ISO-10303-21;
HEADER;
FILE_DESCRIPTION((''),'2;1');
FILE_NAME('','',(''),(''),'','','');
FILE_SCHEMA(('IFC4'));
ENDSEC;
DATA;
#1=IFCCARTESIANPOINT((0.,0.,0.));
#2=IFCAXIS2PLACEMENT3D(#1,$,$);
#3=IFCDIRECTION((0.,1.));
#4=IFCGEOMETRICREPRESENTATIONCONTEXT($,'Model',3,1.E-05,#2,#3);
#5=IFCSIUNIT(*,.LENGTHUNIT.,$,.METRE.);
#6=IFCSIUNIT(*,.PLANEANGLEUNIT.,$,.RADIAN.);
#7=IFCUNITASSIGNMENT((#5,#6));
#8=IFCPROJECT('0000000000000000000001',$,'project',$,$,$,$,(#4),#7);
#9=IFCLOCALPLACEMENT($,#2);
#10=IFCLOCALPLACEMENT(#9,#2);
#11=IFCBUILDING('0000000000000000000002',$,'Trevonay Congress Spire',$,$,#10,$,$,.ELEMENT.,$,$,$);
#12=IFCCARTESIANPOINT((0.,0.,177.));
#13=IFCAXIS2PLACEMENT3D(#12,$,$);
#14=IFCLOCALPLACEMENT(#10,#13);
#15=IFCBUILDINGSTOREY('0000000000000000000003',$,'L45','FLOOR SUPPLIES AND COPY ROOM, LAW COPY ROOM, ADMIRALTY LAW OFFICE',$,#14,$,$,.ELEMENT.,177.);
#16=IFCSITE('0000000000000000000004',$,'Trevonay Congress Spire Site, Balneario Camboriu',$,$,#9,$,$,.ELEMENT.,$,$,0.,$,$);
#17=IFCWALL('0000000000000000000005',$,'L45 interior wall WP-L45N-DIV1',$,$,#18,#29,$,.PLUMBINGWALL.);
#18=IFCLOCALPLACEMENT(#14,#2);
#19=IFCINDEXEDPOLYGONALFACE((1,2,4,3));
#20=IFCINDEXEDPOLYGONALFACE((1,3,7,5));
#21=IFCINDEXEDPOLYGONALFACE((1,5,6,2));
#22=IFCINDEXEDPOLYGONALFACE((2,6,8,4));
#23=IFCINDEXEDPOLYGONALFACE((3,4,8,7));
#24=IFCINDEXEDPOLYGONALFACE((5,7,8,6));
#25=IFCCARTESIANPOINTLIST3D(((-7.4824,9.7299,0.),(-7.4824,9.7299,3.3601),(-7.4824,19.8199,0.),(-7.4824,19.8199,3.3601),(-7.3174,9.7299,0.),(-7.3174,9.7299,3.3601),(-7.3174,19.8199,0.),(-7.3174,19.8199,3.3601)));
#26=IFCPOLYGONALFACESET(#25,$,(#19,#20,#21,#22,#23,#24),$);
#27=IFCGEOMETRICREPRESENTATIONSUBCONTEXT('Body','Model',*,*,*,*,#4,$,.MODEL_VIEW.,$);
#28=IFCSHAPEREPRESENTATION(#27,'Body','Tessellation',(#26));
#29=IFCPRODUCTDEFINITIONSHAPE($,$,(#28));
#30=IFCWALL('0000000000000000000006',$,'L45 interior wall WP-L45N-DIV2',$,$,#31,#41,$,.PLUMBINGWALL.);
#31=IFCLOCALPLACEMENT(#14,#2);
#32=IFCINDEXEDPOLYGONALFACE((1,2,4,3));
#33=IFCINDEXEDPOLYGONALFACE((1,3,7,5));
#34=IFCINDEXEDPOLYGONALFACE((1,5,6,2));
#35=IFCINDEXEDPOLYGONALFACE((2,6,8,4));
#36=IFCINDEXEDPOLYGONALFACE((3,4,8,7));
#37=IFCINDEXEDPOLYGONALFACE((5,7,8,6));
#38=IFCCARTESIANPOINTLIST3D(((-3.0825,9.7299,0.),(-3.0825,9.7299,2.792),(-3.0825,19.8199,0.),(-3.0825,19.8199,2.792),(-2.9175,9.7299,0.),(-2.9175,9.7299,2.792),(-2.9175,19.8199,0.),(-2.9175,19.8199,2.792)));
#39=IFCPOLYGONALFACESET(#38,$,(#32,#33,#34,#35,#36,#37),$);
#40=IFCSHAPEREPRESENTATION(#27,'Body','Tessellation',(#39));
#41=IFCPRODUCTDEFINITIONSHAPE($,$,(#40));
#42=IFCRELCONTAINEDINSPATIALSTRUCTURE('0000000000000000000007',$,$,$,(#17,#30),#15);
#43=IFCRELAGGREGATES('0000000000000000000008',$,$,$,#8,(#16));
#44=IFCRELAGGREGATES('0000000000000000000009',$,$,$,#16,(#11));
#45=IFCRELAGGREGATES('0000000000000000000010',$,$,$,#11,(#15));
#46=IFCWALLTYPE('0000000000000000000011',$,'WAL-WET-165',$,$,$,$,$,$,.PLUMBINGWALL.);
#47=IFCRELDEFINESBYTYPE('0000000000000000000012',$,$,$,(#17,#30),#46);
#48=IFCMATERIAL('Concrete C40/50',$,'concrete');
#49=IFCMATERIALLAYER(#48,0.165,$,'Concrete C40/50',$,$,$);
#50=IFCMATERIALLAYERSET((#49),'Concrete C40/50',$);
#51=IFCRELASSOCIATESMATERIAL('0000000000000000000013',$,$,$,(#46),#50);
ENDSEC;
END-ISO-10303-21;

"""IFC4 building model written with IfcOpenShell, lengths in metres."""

from ifc_helpers import new_model, si_unit, direction, frame, frame_2d, origin, place, context, subcontext, project, spatial, rectangle, extrude, material, layer, layer_set, type_object, element, save


model = new_model("IFC4")

# Units and contexts
model_context = context("Model", 3, precision=1e-05, world=origin(), true_north=direction((0.0, 1.0)))
body_context = subcontext(model_context, "Body", "Model", "MODEL_VIEW")
ifc_project = project(units=[si_unit("LENGTHUNIT", "METRE"), si_unit("PLANEANGLEUNIT", "RADIAN")], contexts=[model_context])

# Site, building, storey
site_placement = place(None, origin())
site = spatial("IfcSite", under=ifc_project, at=site_placement, Name="Trevonay Congress Spire Site, Balneario Camboriu", CompositionType="ELEMENT", RefElevation=0.0)
building_placement = place(site_placement, origin())
building = spatial("IfcBuilding", under=site, at=building_placement, Name="Trevonay Congress Spire", CompositionType="ELEMENT")
storey_placement = place(building_placement, frame((0.0, 0.0, 177.0)))
storey = spatial("IfcBuildingStorey", under=building, at=storey_placement, Name="L45", Description="FLOOR SUPPLIES AND COPY ROOM, LAW COPY ROOM, ADMIRALTY LAW OFFICE", CompositionType="ELEMENT", Elevation=177.0)

# Shared definitions
ifc_material_1 = material(Name="Concrete C40/50", Category="concrete")

# Walls
ifc_layer_1 = layer(ifc_material_1, 0.165, Name="Concrete C40/50")
ifc_layer_set_1 = layer_set([ifc_layer_1], Name="Concrete C40/50")
wall_type_1 = type_object("IfcWallType", Name="WAL-WET-165", PredefinedType="PLUMBINGWALL", material=ifc_layer_set_1)
wall_1_placement = place(storey_placement, frame((-7.3999, 9.73, 0.0), z_axis=(0.0, 0.0, 1.0), x_axis=(0.0, 1.0, 0.0)))
element("IfcWall", 1, at=wall_1_placement, inside=storey, type_object=wall_type_1, Name="L45 interior wall WP-L45N-DIV1", PredefinedType="PLUMBINGWALL", context=body_context, shape_type="SweptSolid", body=[
    extrude(rectangle(XDim=10.0901, YDim=0.165, at=frame_2d((5.0449, 0.0))), origin(), (0.0, 0.0, 1.0), 3.3601),
])
wall_2_placement = place(storey_placement, frame((-3.0, 9.73, 0.0), z_axis=(0.0, 0.0, 1.0), x_axis=(0.0, 1.0, 0.0)))
element("IfcWall", 2, at=wall_2_placement, inside=storey, type_object=wall_type_1, Name="L45 interior wall WP-L45N-DIV2", PredefinedType="PLUMBINGWALL", context=body_context, shape_type="SweptSolid", body=[
    extrude(rectangle(XDim=10.0901, YDim=0.165, at=frame_2d((5.0449, 0.0))), origin(), (0.0, 0.0, 1.0), 2.792),
])

save(model, "model.ifc")
